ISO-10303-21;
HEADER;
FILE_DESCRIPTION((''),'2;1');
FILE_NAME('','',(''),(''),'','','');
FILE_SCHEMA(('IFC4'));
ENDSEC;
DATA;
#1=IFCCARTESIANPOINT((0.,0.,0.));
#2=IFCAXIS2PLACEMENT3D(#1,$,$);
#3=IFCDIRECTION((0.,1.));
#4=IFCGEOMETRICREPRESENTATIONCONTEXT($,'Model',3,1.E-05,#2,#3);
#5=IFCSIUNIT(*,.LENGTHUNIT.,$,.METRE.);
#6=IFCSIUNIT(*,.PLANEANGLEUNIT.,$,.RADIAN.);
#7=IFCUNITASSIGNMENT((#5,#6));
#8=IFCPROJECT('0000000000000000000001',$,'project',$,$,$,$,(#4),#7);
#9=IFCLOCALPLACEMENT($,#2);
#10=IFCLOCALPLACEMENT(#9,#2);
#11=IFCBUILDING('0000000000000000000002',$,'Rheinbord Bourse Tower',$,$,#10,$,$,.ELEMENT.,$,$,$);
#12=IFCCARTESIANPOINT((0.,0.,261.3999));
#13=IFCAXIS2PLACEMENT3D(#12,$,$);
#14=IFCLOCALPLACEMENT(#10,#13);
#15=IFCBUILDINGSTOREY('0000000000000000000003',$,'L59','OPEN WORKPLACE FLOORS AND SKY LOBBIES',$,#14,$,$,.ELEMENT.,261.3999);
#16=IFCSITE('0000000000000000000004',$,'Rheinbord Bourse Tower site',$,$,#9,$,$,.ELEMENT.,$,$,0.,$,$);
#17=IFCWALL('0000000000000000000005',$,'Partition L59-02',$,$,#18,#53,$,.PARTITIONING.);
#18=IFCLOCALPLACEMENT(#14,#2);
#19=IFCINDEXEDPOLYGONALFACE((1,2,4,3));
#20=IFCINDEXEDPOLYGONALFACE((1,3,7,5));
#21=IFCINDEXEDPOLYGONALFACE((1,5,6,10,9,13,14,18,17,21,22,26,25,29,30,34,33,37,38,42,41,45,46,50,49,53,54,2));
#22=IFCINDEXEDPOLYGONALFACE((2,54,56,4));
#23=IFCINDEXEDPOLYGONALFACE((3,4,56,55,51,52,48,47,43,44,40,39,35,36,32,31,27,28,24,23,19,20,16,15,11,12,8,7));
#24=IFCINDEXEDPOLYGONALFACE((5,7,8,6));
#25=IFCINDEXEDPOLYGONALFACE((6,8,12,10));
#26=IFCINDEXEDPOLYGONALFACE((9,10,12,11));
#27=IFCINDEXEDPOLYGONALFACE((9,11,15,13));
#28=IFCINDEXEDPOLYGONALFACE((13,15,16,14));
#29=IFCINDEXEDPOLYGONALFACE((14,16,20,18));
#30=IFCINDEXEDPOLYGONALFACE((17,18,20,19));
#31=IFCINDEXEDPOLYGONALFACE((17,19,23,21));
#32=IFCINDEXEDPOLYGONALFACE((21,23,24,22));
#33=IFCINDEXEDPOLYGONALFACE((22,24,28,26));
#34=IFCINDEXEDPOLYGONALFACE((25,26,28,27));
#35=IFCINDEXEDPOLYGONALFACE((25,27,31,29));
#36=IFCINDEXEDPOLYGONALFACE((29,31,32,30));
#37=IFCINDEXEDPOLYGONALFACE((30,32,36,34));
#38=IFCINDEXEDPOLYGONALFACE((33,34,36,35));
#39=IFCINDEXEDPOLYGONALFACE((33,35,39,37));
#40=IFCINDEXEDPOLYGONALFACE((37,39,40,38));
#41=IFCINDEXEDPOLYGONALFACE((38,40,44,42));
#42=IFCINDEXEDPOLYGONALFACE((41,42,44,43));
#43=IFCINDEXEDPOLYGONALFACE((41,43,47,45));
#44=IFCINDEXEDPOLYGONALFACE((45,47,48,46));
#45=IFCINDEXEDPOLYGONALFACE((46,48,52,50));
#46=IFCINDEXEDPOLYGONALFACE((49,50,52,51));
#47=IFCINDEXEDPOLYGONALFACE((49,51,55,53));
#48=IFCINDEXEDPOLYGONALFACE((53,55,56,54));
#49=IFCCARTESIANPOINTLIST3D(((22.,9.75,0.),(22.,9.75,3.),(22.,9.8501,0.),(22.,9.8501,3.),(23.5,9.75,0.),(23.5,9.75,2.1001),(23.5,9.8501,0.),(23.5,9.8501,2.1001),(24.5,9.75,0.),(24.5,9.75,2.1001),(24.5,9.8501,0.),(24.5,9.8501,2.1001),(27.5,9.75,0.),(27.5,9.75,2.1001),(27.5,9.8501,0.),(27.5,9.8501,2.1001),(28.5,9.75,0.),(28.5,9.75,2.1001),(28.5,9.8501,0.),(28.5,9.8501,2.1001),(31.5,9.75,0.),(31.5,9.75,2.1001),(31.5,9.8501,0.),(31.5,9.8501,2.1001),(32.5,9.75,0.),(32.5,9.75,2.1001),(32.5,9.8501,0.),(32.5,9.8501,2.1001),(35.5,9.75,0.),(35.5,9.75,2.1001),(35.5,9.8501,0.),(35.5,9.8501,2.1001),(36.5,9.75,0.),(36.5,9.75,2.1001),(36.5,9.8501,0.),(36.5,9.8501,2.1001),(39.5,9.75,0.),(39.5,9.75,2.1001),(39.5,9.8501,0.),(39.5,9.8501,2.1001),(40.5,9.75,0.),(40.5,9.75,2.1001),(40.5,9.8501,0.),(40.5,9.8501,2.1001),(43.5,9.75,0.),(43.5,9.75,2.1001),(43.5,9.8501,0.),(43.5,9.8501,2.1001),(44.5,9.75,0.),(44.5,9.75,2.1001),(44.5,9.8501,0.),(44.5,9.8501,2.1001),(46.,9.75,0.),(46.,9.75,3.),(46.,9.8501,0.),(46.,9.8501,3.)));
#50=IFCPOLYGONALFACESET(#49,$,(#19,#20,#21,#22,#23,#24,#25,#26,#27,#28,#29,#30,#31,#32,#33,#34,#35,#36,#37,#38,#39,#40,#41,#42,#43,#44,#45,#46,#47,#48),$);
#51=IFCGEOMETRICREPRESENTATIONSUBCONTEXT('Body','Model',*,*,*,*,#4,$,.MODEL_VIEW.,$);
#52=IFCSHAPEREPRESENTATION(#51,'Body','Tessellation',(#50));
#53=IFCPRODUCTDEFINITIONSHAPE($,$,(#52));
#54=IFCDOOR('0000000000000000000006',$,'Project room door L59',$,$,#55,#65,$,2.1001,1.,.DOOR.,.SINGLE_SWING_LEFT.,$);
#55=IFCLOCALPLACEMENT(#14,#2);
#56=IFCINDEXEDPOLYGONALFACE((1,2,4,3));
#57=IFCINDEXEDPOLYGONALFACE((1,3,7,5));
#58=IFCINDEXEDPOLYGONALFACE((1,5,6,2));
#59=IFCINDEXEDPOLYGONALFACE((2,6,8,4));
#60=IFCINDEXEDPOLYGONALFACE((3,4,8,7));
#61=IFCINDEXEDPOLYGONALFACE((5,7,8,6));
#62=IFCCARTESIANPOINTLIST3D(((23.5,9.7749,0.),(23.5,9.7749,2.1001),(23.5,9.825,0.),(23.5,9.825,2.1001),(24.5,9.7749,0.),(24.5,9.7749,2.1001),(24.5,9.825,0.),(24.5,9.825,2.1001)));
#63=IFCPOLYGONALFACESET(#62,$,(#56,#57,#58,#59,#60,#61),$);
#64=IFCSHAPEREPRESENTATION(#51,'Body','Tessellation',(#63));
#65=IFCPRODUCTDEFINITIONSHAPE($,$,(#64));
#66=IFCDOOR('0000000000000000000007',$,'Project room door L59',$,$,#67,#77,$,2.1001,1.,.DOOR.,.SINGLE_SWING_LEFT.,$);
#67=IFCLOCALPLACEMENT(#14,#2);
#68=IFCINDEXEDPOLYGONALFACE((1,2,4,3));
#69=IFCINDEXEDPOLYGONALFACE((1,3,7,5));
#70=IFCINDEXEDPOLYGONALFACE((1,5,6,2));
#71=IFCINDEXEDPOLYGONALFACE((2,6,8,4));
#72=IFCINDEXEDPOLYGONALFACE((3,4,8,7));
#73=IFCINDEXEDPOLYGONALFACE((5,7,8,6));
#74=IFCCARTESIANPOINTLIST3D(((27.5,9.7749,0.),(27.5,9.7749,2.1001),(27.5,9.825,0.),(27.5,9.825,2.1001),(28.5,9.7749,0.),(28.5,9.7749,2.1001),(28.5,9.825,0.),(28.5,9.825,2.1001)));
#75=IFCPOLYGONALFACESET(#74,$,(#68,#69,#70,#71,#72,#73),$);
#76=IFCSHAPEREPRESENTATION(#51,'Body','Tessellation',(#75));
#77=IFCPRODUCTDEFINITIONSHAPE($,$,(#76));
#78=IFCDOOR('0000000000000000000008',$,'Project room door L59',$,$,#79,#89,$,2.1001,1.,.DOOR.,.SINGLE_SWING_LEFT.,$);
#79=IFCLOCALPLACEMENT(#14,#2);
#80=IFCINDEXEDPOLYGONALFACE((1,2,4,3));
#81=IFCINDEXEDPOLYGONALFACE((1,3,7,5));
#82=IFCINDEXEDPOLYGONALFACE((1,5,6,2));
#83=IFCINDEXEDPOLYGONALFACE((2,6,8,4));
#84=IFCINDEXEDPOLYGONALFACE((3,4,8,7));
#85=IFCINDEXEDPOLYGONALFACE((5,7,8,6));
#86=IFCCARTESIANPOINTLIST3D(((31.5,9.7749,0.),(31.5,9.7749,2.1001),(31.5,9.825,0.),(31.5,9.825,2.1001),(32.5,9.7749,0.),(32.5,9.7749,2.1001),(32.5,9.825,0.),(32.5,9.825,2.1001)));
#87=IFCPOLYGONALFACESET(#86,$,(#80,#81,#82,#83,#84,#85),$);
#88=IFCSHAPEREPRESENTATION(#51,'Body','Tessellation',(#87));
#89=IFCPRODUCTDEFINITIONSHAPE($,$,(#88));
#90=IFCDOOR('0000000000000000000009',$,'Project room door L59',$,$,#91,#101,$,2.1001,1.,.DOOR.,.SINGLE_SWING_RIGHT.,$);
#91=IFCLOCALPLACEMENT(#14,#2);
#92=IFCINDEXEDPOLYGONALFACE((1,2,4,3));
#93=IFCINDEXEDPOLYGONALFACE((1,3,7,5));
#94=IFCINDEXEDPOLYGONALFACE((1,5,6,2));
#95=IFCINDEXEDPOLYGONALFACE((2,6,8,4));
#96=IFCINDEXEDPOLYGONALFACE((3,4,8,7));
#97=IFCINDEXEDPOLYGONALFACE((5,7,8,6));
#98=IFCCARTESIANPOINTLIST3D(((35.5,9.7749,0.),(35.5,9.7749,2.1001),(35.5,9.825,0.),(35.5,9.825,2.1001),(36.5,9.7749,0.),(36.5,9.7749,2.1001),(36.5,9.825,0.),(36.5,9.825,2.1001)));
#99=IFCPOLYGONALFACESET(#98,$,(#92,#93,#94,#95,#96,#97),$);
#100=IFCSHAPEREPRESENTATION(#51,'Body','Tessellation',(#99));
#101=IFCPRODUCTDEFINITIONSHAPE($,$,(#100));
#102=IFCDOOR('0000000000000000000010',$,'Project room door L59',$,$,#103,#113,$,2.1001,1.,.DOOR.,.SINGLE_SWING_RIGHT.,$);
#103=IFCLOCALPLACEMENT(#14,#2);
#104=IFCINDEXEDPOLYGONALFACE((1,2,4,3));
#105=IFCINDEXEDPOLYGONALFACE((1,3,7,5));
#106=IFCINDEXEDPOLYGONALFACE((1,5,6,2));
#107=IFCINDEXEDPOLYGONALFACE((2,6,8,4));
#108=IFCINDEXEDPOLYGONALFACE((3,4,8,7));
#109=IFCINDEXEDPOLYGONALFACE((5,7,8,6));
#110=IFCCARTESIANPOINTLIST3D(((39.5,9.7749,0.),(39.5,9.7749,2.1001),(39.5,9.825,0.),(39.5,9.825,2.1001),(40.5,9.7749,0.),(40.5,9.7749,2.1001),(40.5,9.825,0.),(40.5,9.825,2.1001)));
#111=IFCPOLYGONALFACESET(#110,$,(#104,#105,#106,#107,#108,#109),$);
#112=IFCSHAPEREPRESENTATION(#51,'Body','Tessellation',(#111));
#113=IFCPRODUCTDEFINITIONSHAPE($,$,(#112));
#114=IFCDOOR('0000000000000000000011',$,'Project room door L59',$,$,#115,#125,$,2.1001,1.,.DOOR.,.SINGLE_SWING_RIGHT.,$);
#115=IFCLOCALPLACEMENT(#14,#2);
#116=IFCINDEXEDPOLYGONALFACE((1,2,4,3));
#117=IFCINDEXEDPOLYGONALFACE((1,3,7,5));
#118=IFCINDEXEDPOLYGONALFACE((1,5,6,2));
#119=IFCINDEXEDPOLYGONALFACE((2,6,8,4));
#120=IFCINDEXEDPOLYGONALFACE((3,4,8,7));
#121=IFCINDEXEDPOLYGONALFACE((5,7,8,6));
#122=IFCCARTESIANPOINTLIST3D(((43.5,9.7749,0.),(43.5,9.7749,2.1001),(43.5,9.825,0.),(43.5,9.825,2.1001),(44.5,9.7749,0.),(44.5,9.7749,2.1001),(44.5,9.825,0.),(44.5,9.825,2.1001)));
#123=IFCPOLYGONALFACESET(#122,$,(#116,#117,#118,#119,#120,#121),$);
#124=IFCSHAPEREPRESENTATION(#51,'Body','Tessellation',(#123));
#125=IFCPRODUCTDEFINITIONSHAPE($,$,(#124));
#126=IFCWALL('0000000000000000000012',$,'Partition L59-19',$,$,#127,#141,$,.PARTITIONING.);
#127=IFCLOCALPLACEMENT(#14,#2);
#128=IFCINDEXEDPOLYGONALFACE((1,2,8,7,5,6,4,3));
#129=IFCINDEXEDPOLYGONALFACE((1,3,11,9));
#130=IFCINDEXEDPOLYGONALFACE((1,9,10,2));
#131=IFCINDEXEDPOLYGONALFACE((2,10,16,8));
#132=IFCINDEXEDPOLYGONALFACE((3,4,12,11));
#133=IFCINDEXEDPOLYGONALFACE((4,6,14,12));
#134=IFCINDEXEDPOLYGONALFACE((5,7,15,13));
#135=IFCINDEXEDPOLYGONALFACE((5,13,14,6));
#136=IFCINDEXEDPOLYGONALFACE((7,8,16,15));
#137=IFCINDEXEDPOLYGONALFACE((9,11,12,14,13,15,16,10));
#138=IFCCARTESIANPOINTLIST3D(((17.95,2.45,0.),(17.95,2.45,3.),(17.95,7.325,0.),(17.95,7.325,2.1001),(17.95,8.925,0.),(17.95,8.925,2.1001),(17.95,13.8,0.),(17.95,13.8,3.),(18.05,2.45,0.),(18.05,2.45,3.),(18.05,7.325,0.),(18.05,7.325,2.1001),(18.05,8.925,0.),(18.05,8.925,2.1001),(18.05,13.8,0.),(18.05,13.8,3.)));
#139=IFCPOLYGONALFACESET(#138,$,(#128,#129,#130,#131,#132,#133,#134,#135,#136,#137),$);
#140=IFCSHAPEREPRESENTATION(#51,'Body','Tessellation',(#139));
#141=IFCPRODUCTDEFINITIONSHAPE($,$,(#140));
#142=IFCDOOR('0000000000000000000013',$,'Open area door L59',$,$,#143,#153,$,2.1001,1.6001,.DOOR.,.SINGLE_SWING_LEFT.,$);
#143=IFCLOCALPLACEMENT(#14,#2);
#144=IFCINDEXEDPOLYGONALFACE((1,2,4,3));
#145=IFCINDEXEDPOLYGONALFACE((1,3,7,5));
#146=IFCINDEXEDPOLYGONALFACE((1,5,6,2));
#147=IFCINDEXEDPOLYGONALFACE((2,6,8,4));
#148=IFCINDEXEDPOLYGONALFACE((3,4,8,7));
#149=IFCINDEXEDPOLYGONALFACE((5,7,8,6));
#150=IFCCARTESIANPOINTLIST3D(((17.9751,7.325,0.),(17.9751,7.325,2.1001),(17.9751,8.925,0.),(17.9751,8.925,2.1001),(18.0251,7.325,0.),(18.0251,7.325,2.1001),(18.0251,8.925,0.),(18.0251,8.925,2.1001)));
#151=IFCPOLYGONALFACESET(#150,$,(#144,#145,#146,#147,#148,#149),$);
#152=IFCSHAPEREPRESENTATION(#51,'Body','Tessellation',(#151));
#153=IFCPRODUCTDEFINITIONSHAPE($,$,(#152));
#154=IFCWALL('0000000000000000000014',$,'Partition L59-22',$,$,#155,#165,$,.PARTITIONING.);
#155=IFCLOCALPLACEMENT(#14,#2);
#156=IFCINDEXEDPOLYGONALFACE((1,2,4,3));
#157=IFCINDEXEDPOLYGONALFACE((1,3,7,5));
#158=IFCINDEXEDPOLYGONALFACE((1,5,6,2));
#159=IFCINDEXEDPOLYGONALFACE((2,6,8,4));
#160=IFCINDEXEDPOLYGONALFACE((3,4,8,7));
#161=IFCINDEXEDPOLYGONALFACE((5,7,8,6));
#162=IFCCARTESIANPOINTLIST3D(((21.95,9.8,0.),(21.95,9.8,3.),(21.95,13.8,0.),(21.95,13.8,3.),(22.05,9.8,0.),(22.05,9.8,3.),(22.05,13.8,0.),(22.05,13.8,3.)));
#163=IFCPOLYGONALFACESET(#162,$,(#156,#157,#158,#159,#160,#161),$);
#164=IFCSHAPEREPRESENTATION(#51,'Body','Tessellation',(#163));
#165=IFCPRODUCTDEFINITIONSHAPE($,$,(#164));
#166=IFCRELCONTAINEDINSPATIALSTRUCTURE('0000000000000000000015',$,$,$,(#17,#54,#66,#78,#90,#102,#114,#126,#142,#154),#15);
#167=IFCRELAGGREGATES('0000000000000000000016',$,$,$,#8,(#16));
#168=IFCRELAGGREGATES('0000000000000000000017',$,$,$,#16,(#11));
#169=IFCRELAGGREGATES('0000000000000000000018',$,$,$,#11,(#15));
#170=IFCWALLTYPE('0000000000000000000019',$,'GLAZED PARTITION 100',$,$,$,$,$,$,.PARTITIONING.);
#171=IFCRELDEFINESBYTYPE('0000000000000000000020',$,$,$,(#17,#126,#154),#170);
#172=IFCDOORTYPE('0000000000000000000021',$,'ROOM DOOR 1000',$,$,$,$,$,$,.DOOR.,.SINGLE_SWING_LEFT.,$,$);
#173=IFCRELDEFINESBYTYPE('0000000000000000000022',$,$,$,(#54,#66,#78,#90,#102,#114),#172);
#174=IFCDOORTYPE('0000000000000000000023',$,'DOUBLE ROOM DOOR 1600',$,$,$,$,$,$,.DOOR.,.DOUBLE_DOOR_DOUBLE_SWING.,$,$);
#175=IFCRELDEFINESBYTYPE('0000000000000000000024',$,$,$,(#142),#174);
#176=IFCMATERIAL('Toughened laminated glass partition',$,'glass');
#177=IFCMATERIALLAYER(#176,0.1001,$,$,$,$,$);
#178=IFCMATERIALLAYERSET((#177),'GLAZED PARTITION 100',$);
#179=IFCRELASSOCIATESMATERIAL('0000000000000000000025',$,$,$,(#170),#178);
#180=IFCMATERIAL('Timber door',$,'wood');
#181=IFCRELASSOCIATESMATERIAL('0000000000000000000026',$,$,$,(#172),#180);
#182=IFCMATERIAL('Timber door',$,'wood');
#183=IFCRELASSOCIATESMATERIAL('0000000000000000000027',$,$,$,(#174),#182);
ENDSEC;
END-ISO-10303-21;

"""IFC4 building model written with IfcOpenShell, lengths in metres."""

from ifc_helpers import new_model, si_unit, direction, frame, frame_2d, origin, place, context, subcontext, project, spatial, rectangle, extrude, material, layer, layer_set, type_object, element, fill, save


model = new_model("IFC4")

# Units and contexts
model_context = context("Model", 3, precision=1e-05, world=origin(), true_north=direction((0.0, 1.0)))
body_context = subcontext(model_context, "Body", "Model", "MODEL_VIEW")
ifc_project = project(units=[si_unit("LENGTHUNIT", "METRE"), si_unit("PLANEANGLEUNIT", "RADIAN")], contexts=[model_context])

# Site, building, storey
site_placement = place(None, origin())
site = spatial("IfcSite", under=ifc_project, at=site_placement, Name="Rheinbord Bourse Tower site", CompositionType="ELEMENT", RefElevation=0.0)
building_placement = place(site_placement, origin())
building = spatial("IfcBuilding", under=site, at=building_placement, Name="Rheinbord Bourse Tower", CompositionType="ELEMENT")
storey_placement = place(building_placement, frame((0.0, 0.0, 261.3999)))
storey = spatial("IfcBuildingStorey", under=building, at=storey_placement, Name="L59", Description="OPEN WORKPLACE FLOORS AND SKY LOBBIES", CompositionType="ELEMENT", Elevation=261.3999)

# Wall, openings, doors
ifc_material_1 = material(Name="Toughened laminated glass partition", Category="glass")
ifc_layer_1 = layer(ifc_material_1, 0.1001)
ifc_layer_set_1 = layer_set([ifc_layer_1], Name="GLAZED PARTITION 100")
wall_type_1 = type_object("IfcWallType", Name="GLAZED PARTITION 100", PredefinedType="PARTITIONING", material=ifc_layer_set_1)
wall_1_placement = place(storey_placement, frame((22.0, 9.8, 0.0), z_axis=(0.0, 0.0, 1.0), x_axis=(1.0, 0.0, 0.0)))
wall_1 = element("IfcWall", 1, at=wall_1_placement, inside=storey, type_object=wall_type_1, Name="Partition L59-02", PredefinedType="PARTITIONING", context=body_context, shape_type="SweptSolid", body=[
    extrude(rectangle(XDim=24.0, YDim=0.1001, at=frame_2d((12.0, 0.0))), origin(), (0.0, 0.0, 1.0), 3.0),
])
opening_1_placement = place(wall_1_placement, frame((1.5, 0.0, 0.0)))
opening_1 = element("IfcOpeningElement", 2, at=opening_1_placement, cuts=wall_1, PredefinedType="OPENING", context=body_context, shape_type="SweptSolid", body=[
    extrude(rectangle(XDim=1.0, YDim=2.1001, at=frame_2d((0.5, 1.05))), frame((0.0, 0.0601, 0.0), z_axis=(0.0, -1.0, 0.0), x_axis=(1.0, 0.0, 0.0)), (0.0, 0.0, 1.0), 0.1201),
])
opening_2_placement = place(wall_1_placement, frame((5.5, 0.0, 0.0)))
opening_2 = element("IfcOpeningElement", 3, at=opening_2_placement, cuts=wall_1, PredefinedType="OPENING", context=body_context, shape_type="SweptSolid", body=[
    extrude(rectangle(XDim=1.0, YDim=2.1001, at=frame_2d((0.5, 1.05))), frame((0.0, 0.0601, 0.0), z_axis=(0.0, -1.0, 0.0), x_axis=(1.0, 0.0, 0.0)), (0.0, 0.0, 1.0), 0.1201),
])
opening_3_placement = place(wall_1_placement, frame((9.5, 0.0, 0.0)))
opening_3 = element("IfcOpeningElement", 4, at=opening_3_placement, cuts=wall_1, PredefinedType="OPENING", context=body_context, shape_type="SweptSolid", body=[
    extrude(rectangle(XDim=1.0, YDim=2.1001, at=frame_2d((0.5, 1.05))), frame((0.0, 0.0601, 0.0), z_axis=(0.0, -1.0, 0.0), x_axis=(1.0, 0.0, 0.0)), (0.0, 0.0, 1.0), 0.1201),
])
opening_4_placement = place(wall_1_placement, frame((13.5, 0.0, 0.0)))
opening_4 = element("IfcOpeningElement", 5, at=opening_4_placement, cuts=wall_1, PredefinedType="OPENING", context=body_context, shape_type="SweptSolid", body=[
    extrude(rectangle(XDim=1.0, YDim=2.1001, at=frame_2d((0.5, 1.05))), frame((0.0, 0.0601, 0.0), z_axis=(0.0, -1.0, 0.0), x_axis=(1.0, 0.0, 0.0)), (0.0, 0.0, 1.0), 0.1201),
])
opening_5_placement = place(wall_1_placement, frame((17.5, 0.0, 0.0)))
opening_5 = element("IfcOpeningElement", 6, at=opening_5_placement, cuts=wall_1, PredefinedType="OPENING", context=body_context, shape_type="SweptSolid", body=[
    extrude(rectangle(XDim=1.0, YDim=2.1001, at=frame_2d((0.5, 1.05))), frame((0.0, 0.0601, 0.0), z_axis=(0.0, -1.0, 0.0), x_axis=(1.0, 0.0, 0.0)), (0.0, 0.0, 1.0), 0.1201),
])
opening_6_placement = place(wall_1_placement, frame((21.5, 0.0, 0.0)))
opening_6 = element("IfcOpeningElement", 7, at=opening_6_placement, cuts=wall_1, PredefinedType="OPENING", context=body_context, shape_type="SweptSolid", body=[
    extrude(rectangle(XDim=1.0, YDim=2.1001, at=frame_2d((0.5, 1.05))), frame((0.0, 0.0601, 0.0), z_axis=(0.0, -1.0, 0.0), x_axis=(1.0, 0.0, 0.0)), (0.0, 0.0, 1.0), 0.1201),
])
ifc_material_2 = material(Name="Timber door", Category="wood")
door_type_1 = type_object("IfcDoorType", Name="ROOM DOOR 1000", OperationType="SINGLE_SWING_LEFT", PredefinedType="DOOR", material=ifc_material_2)
door_1_placement = place(opening_1_placement, origin())
door_1 = element("IfcDoor", 8, at=door_1_placement, inside=storey, type_object=door_type_1, Name="Project room door L59", OperationType="SINGLE_SWING_LEFT", OverallHeight=2.1001, OverallWidth=1.0, PredefinedType="DOOR", context=body_context, shape_type="SweptSolid", body=[
    extrude(rectangle(XDim=1.0, YDim=2.1001, at=frame_2d((0.5, 1.05))), frame((0.0, 0.0249, 0.0), z_axis=(0.0, -1.0, 0.0), x_axis=(1.0, 0.0, 0.0)), (0.0, 0.0, 1.0), 0.05),
])
fill(opening_1, door_1)
door_2_placement = place(opening_2_placement, origin())
door_2 = element("IfcDoor", 9, at=door_2_placement, inside=storey, type_object=door_type_1, Name="Project room door L59", OperationType="SINGLE_SWING_LEFT", OverallHeight=2.1001, OverallWidth=1.0, PredefinedType="DOOR", context=body_context, shape_type="SweptSolid", body=[
    extrude(rectangle(XDim=1.0, YDim=2.1001, at=frame_2d((0.5, 1.05))), frame((0.0, 0.0249, 0.0), z_axis=(0.0, -1.0, 0.0), x_axis=(1.0, 0.0, 0.0)), (0.0, 0.0, 1.0), 0.05),
])
fill(opening_2, door_2)
door_3_placement = place(opening_3_placement, origin())
door_3 = element("IfcDoor", 10, at=door_3_placement, inside=storey, type_object=door_type_1, Name="Project room door L59", OperationType="SINGLE_SWING_LEFT", OverallHeight=2.1001, OverallWidth=1.0, PredefinedType="DOOR", context=body_context, shape_type="SweptSolid", body=[
    extrude(rectangle(XDim=1.0, YDim=2.1001, at=frame_2d((0.5, 1.05))), frame((0.0, 0.0249, 0.0), z_axis=(0.0, -1.0, 0.0), x_axis=(1.0, 0.0, 0.0)), (0.0, 0.0, 1.0), 0.05),
])
fill(opening_3, door_3)
door_4_placement = place(opening_4_placement, origin())
door_4 = element("IfcDoor", 11, at=door_4_placement, inside=storey, type_object=door_type_1, Name="Project room door L59", OperationType="SINGLE_SWING_RIGHT", OverallHeight=2.1001, OverallWidth=1.0, PredefinedType="DOOR", context=body_context, shape_type="SweptSolid", body=[
    extrude(rectangle(XDim=1.0, YDim=2.1001, at=frame_2d((0.5, 1.05))), frame((0.0, 0.0249, 0.0), z_axis=(0.0, -1.0, 0.0), x_axis=(1.0, 0.0, 0.0)), (0.0, 0.0, 1.0), 0.05),
])
fill(opening_4, door_4)
door_5_placement = place(opening_5_placement, origin())
door_5 = element("IfcDoor", 12, at=door_5_placement, inside=storey, type_object=door_type_1, Name="Project room door L59", OperationType="SINGLE_SWING_RIGHT", OverallHeight=2.1001, OverallWidth=1.0, PredefinedType="DOOR", context=body_context, shape_type="SweptSolid", body=[
    extrude(rectangle(XDim=1.0, YDim=2.1001, at=frame_2d((0.5, 1.05))), frame((0.0, 0.0249, 0.0), z_axis=(0.0, -1.0, 0.0), x_axis=(1.0, 0.0, 0.0)), (0.0, 0.0, 1.0), 0.05),
])
fill(opening_5, door_5)
door_6_placement = place(opening_6_placement, origin())
door_6 = element("IfcDoor", 13, at=door_6_placement, inside=storey, type_object=door_type_1, Name="Project room door L59", OperationType="SINGLE_SWING_RIGHT", OverallHeight=2.1001, OverallWidth=1.0, PredefinedType="DOOR", context=body_context, shape_type="SweptSolid", body=[
    extrude(rectangle(XDim=1.0, YDim=2.1001, at=frame_2d((0.5, 1.05))), frame((0.0, 0.0249, 0.0), z_axis=(0.0, -1.0, 0.0), x_axis=(1.0, 0.0, 0.0)), (0.0, 0.0, 1.0), 0.05),
])
fill(opening_6, door_6)

# Wall, opening, door
wall_2_placement = place(storey_placement, frame((18.0, 2.45, 0.0), z_axis=(0.0, 0.0, 1.0), x_axis=(0.0, 1.0, 0.0)))
wall_2 = element("IfcWall", 14, at=wall_2_placement, inside=storey, type_object=wall_type_1, Name="Partition L59-19", PredefinedType="PARTITIONING", context=body_context, shape_type="SweptSolid", body=[
    extrude(rectangle(XDim=11.3501, YDim=0.1001, at=frame_2d((5.675, 0.0))), origin(), (0.0, 0.0, 1.0), 3.0),
])
opening_7_placement = place(wall_2_placement, frame((4.875, 0.0, 0.0)))
opening_7 = element("IfcOpeningElement", 15, at=opening_7_placement, cuts=wall_2, PredefinedType="OPENING", context=body_context, shape_type="SweptSolid", body=[
    extrude(rectangle(XDim=1.6001, YDim=2.1001, at=frame_2d((0.8, 1.05))), frame((0.0, 0.0601, 0.0), z_axis=(0.0, -1.0, 0.0), x_axis=(1.0, 0.0, 0.0)), (0.0, 0.0, 1.0), 0.1201),
])
ifc_material_3 = material(Name="Timber door", Category="wood")
door_type_2 = type_object("IfcDoorType", Name="DOUBLE ROOM DOOR 1600", OperationType="DOUBLE_DOOR_DOUBLE_SWING", PredefinedType="DOOR", material=ifc_material_3)
door_7_placement = place(opening_7_placement, origin())
door_7 = element("IfcDoor", 16, at=door_7_placement, inside=storey, type_object=door_type_2, Name="Open area door L59", OperationType="SINGLE_SWING_LEFT", OverallHeight=2.1001, OverallWidth=1.6001, PredefinedType="DOOR", context=body_context, shape_type="SweptSolid", body=[
    extrude(rectangle(XDim=1.6001, YDim=2.1001, at=frame_2d((0.8, 1.05))), frame((0.0, 0.0249, 0.0), z_axis=(0.0, -1.0, 0.0), x_axis=(1.0, 0.0, 0.0)), (0.0, 0.0, 1.0), 0.05),
])
fill(opening_7, door_7)

# Wall
wall_3_placement = place(storey_placement, frame((22.0, 9.8, 0.0), z_axis=(0.0, 0.0, 1.0), x_axis=(0.0, 1.0, 0.0)))
element("IfcWall", 17, at=wall_3_placement, inside=storey, type_object=wall_type_1, Name="Partition L59-22", PredefinedType="PARTITIONING", context=body_context, shape_type="SweptSolid", body=[
    extrude(rectangle(XDim=4.0, YDim=0.1001, at=frame_2d((2.0, 0.0))), origin(), (0.0, 0.0, 1.0), 3.0),
])

save(model, "model.ifc")
